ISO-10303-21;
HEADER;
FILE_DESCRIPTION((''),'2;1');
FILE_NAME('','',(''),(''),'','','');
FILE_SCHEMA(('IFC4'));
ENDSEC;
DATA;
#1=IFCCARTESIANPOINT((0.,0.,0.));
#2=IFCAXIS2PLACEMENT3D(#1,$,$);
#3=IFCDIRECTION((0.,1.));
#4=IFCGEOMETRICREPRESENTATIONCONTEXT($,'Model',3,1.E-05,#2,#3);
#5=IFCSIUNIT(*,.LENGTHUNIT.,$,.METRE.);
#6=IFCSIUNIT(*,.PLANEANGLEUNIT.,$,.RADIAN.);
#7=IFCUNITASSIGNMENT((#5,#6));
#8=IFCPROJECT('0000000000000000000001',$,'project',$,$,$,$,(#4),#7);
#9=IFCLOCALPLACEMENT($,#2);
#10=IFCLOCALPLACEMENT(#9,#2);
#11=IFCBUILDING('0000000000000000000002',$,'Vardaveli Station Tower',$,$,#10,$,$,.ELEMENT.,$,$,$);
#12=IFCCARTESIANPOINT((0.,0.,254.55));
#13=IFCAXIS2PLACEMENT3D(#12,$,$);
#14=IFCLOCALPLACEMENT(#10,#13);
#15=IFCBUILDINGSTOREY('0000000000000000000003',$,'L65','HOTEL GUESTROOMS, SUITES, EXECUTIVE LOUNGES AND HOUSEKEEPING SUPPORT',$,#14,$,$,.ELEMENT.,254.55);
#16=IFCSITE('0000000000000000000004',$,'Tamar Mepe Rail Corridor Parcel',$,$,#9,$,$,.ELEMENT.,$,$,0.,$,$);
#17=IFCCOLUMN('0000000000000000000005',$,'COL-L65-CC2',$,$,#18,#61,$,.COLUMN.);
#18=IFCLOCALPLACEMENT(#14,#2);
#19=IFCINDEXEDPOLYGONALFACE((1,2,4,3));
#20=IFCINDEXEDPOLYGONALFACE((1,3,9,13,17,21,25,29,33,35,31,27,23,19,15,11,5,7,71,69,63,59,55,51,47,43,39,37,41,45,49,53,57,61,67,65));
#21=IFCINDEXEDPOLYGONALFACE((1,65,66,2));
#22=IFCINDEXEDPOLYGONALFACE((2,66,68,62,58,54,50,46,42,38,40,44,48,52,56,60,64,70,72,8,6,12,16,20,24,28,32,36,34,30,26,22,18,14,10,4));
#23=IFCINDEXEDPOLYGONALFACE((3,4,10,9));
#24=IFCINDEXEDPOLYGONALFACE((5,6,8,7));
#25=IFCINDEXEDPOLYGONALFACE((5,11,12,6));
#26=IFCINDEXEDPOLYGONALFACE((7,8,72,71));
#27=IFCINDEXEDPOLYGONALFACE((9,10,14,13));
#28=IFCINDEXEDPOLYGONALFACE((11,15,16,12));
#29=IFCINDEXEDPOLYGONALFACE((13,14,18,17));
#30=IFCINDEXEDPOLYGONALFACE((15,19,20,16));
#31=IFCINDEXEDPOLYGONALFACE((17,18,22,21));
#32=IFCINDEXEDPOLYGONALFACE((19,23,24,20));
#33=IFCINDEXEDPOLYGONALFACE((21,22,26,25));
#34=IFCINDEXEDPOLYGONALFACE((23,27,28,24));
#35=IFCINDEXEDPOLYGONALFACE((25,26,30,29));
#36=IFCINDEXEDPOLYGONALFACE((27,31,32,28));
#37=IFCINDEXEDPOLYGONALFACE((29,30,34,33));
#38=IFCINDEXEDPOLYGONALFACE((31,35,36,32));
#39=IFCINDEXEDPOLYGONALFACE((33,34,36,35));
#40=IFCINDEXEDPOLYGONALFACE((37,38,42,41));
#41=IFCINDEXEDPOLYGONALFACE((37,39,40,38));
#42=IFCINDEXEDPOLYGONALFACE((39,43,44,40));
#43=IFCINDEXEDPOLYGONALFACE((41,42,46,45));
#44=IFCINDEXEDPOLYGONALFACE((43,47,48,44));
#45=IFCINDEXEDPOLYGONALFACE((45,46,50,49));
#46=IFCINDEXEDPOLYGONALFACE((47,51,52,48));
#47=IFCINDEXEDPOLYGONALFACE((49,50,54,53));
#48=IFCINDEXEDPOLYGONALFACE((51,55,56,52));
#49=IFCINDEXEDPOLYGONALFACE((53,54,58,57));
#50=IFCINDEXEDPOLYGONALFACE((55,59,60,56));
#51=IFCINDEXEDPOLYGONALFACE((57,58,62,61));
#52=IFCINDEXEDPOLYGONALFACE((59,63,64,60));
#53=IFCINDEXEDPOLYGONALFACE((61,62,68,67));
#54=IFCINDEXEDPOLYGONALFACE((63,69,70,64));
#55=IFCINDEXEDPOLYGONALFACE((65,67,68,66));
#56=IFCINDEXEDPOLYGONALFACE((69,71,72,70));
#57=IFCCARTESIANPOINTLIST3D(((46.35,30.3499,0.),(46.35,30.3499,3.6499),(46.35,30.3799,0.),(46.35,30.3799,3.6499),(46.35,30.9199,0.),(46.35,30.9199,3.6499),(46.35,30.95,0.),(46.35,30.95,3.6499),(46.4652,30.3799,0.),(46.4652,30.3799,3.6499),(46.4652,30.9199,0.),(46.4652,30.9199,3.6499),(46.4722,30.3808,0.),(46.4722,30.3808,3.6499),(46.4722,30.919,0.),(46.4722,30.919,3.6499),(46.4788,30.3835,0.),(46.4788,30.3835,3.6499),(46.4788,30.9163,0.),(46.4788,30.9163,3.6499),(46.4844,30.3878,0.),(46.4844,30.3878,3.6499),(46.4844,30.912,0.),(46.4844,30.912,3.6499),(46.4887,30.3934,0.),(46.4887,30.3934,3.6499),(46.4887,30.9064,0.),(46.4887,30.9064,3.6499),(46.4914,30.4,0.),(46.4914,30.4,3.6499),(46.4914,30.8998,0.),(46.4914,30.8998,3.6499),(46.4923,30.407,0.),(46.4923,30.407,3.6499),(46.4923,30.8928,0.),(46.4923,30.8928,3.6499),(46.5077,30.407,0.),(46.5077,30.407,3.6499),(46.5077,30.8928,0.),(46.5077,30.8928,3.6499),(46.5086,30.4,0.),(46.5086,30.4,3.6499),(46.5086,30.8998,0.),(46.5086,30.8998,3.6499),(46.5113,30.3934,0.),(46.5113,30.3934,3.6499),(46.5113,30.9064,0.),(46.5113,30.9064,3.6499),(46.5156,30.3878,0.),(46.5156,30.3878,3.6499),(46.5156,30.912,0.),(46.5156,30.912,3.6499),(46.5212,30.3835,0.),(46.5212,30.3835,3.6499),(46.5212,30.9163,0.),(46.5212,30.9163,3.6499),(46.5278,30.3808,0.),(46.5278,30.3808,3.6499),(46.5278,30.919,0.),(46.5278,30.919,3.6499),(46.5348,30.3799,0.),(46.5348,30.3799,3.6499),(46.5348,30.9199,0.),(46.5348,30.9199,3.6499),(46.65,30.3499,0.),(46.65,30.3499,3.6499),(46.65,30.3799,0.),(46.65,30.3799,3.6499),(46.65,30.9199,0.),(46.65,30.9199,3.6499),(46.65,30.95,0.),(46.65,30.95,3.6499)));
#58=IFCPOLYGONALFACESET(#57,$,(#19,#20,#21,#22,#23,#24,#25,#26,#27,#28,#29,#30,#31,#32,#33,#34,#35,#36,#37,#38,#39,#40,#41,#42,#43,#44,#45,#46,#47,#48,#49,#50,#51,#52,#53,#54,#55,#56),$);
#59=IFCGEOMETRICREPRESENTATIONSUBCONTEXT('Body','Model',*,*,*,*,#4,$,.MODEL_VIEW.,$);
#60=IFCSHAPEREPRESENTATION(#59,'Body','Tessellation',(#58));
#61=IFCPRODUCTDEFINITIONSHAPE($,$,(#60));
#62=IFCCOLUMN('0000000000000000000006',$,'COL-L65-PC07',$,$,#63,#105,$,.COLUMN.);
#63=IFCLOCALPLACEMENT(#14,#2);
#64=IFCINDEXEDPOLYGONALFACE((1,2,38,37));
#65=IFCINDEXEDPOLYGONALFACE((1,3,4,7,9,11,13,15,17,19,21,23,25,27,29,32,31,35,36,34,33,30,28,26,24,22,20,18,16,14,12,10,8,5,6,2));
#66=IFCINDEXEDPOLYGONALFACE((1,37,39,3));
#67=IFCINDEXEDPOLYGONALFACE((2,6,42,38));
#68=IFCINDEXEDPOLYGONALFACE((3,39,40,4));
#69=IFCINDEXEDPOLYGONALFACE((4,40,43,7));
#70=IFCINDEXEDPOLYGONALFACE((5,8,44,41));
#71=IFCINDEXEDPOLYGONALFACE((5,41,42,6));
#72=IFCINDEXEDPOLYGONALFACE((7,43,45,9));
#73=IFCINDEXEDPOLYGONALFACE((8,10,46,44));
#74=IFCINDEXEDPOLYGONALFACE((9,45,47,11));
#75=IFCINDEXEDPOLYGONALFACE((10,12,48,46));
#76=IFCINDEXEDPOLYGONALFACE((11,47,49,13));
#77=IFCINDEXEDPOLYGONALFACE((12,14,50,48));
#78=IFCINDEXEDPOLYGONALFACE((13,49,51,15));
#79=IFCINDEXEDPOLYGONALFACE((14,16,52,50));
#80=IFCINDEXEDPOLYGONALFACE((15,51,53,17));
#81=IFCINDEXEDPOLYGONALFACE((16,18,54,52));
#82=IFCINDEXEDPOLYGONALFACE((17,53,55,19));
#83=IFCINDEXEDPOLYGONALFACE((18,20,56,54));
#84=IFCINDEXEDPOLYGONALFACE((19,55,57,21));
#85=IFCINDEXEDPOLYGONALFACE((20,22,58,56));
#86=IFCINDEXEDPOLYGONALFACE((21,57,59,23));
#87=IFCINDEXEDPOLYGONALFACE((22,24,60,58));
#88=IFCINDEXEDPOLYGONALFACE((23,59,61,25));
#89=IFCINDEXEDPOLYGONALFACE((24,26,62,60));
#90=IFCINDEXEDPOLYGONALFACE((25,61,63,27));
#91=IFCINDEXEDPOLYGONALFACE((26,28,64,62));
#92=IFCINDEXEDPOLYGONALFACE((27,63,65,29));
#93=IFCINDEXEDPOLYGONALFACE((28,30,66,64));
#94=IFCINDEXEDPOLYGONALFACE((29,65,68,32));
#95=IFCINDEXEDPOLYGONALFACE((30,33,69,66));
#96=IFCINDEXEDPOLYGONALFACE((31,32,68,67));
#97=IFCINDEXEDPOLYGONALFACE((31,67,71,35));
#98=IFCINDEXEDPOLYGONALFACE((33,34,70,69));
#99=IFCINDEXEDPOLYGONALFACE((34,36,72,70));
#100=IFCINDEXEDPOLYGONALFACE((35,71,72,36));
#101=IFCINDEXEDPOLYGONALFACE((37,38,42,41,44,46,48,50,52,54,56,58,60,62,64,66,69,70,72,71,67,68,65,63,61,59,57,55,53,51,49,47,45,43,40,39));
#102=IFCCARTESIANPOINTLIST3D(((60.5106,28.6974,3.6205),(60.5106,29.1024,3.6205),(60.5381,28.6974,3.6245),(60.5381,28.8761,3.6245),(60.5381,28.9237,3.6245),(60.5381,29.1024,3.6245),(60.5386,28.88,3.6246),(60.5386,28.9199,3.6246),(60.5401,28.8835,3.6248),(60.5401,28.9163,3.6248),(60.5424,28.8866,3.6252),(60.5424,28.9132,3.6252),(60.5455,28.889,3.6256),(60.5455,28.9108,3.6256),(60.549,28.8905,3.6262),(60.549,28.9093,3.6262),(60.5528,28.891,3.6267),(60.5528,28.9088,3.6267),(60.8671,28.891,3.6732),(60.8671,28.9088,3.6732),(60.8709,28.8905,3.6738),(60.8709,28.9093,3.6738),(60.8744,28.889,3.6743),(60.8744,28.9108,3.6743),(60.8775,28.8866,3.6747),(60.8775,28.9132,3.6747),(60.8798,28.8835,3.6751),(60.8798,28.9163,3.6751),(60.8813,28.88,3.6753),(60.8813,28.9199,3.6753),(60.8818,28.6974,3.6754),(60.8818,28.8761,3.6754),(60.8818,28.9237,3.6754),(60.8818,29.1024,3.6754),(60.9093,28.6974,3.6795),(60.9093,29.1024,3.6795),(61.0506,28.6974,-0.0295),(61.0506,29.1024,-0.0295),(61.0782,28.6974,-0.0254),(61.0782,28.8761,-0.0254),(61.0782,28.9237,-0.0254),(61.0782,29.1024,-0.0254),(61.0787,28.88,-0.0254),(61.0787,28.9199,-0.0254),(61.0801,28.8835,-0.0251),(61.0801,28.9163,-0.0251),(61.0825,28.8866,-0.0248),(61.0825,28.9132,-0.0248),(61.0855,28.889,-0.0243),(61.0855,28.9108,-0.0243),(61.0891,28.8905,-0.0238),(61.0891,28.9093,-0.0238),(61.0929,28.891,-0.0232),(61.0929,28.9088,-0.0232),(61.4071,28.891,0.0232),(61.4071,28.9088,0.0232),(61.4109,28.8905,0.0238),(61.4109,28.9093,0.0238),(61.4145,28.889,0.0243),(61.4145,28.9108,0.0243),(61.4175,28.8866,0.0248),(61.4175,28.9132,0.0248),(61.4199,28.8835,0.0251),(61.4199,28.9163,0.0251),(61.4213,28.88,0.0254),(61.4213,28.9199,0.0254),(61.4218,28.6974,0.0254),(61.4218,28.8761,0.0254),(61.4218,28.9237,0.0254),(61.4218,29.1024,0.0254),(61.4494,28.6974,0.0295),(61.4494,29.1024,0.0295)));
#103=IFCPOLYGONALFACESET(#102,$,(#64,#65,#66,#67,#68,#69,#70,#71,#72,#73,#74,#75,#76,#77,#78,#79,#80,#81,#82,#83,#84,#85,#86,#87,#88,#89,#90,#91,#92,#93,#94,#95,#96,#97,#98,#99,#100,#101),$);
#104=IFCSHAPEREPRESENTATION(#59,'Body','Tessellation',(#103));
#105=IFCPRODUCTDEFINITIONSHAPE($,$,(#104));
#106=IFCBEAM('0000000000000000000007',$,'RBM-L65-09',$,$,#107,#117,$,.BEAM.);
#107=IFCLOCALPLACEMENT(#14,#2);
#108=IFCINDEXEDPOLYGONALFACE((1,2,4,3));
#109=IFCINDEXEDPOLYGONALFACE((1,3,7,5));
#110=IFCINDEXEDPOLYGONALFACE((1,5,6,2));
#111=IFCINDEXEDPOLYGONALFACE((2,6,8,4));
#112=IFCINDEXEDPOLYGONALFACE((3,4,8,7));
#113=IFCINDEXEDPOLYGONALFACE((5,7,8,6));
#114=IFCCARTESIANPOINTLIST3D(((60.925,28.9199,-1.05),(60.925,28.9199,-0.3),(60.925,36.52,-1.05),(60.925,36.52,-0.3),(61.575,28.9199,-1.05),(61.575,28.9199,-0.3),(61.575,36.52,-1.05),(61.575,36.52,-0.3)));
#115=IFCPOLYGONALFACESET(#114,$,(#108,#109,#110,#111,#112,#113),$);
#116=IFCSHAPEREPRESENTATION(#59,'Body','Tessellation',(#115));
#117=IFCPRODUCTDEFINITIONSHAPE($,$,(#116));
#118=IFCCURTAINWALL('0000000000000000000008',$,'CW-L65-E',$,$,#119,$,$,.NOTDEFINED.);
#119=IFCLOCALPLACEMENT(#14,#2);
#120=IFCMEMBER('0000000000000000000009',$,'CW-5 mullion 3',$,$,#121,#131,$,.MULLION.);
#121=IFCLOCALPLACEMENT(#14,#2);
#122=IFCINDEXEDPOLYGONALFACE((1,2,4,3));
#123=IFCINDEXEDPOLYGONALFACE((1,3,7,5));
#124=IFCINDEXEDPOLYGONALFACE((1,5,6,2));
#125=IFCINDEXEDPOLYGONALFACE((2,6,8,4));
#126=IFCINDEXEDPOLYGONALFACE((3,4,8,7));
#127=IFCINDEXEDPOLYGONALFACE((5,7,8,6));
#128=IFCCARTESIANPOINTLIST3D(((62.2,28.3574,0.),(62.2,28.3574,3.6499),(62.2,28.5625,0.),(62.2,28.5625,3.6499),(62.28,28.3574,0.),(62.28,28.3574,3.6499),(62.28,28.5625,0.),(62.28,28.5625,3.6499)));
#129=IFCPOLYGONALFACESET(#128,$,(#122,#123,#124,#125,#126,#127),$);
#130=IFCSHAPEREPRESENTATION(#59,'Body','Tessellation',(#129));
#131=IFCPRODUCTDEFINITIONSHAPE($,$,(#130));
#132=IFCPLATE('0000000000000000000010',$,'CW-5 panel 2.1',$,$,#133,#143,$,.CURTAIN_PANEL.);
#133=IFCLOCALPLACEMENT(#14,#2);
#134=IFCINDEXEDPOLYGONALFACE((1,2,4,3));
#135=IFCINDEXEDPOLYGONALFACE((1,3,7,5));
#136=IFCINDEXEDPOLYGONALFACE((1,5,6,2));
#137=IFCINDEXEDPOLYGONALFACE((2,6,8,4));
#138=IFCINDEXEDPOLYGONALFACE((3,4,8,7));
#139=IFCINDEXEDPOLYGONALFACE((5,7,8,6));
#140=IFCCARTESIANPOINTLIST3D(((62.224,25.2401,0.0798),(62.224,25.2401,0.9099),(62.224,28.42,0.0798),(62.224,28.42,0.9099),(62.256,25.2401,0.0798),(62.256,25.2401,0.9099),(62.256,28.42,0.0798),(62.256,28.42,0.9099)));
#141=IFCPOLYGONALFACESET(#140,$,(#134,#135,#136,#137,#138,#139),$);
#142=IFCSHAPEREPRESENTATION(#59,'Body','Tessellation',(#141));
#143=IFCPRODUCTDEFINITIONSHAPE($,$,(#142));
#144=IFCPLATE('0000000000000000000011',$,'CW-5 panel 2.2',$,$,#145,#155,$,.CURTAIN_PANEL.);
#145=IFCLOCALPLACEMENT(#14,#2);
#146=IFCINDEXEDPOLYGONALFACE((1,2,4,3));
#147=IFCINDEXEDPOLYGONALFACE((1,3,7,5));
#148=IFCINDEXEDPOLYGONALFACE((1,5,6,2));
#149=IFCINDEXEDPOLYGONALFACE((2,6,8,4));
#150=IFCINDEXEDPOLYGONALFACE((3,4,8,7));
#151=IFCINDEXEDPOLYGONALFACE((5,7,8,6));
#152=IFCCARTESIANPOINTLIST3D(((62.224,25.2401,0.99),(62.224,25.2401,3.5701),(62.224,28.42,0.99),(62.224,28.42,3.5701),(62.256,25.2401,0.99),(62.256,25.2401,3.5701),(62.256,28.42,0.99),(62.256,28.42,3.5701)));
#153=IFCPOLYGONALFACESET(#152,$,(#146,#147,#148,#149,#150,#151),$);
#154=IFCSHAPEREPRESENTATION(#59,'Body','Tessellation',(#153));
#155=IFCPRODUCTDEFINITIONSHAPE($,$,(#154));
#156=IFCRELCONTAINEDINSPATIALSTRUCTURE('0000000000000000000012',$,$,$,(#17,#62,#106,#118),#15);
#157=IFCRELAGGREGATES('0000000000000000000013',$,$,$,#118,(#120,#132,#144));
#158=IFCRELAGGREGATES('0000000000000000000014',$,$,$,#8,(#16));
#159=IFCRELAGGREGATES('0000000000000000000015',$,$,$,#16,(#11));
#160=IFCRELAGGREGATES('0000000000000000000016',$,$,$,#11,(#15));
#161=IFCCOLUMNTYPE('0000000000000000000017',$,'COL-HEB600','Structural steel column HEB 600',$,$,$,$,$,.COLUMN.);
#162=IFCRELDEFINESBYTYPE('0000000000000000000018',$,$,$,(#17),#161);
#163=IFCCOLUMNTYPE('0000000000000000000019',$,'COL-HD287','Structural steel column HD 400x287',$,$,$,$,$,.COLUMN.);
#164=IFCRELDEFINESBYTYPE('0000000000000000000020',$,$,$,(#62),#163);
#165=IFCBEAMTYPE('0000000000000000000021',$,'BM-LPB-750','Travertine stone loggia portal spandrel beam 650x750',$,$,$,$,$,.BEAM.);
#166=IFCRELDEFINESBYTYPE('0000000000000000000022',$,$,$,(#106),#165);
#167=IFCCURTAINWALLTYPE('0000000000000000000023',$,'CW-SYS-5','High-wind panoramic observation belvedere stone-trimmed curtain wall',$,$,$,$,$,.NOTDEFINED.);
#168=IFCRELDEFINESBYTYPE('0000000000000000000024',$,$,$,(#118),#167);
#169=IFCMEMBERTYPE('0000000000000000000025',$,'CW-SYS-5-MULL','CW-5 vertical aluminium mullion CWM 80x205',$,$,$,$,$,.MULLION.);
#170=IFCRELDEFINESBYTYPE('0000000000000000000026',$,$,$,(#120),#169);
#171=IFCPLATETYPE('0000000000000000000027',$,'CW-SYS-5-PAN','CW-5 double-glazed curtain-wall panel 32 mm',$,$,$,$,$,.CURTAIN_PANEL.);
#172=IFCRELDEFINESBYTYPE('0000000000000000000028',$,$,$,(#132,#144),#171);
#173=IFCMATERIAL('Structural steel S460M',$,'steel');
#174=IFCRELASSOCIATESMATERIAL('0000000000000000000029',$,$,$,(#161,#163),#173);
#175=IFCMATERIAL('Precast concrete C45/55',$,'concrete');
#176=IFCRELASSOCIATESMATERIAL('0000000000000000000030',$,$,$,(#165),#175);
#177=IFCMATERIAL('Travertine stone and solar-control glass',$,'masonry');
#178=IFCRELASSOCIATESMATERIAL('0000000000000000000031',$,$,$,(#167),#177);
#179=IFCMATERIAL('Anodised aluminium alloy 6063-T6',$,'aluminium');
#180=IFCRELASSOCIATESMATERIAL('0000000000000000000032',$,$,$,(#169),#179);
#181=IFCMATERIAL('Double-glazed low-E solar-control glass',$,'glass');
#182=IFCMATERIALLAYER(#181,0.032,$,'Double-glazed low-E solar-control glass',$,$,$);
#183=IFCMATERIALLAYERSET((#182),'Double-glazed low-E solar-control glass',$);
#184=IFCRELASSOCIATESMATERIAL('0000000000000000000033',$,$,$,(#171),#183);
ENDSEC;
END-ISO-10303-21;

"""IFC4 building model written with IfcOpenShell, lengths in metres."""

from ifc_helpers import new_model, si_unit, direction, frame, origin, origin_2d, place, context, subcontext, project, spatial, rectangle, i_section, extrude, source, transform, mapped, material, layer, layer_set, material_profile, profile_set, type_object, element, aggregate, save


model = new_model("IFC4")

# Units and contexts
model_context = context("Model", 3, precision=1e-05, world=origin(), true_north=direction((0.0, 1.0)))
body_context = subcontext(model_context, "Body", "Model", "MODEL_VIEW")
ifc_project = project(units=[si_unit("LENGTHUNIT", "METRE"), si_unit("PLANEANGLEUNIT", "RADIAN")], contexts=[model_context])

# Site, building, storey
site_placement = place(None, origin())
site = spatial("IfcSite", under=ifc_project, at=site_placement, Name="Tamar Mepe Rail Corridor Parcel", CompositionType="ELEMENT", RefElevation=0.0)
building_placement = place(site_placement, origin())
building = spatial("IfcBuilding", under=site, at=building_placement, Name="Vardaveli Station Tower", CompositionType="ELEMENT")
storey_placement = place(building_placement, frame((0.0, 0.0, 254.55)))
storey = spatial("IfcBuildingStorey", under=building, at=storey_placement, Name="L65", Description="HOTEL GUESTROOMS, SUITES, EXECUTIVE LOUNGES AND HOUSEKEEPING SUPPORT", CompositionType="ELEMENT", Elevation=254.55)

# Columns
ifc_material_1 = material(Name="Structural steel S460M", Category="steel")
ifc_material_profile_1 = material_profile(ifc_material_1, i_section(OverallWidth=0.3, OverallDepth=0.6001, WebThickness=0.0154, FlangeThickness=0.03, FilletRadius=0.0271, at=origin_2d()), Name="HEB 600")
ifc_profile_set_1 = profile_set([ifc_material_profile_1], Name="Structural steel S460M")
column_type_1 = type_object("IfcColumnType", Name="COL-HEB600", Description="Structural steel column HEB 600", PredefinedType="COLUMN", material=ifc_profile_set_1)
shared_shape_1 = source(origin(), body_context, "Body", "SweptSolid", [
    extrude(i_section(OverallWidth=0.3, OverallDepth=0.6001, WebThickness=0.0154, FlangeThickness=0.03, FilletRadius=0.0271, at=origin_2d()), origin(), (0.0, 0.0, 1.0), 3.6499),
])
column_1_placement = place(storey_placement, frame((46.5, 30.6499, 0.0), z_axis=(0.0, 0.0, 1.0), x_axis=(1.0, 0.0, 0.0)))
element("IfcColumn", 1, at=column_1_placement, inside=storey, type_object=column_type_1, Name="COL-L65-CC2", PredefinedType="COLUMN", context=body_context, shape_type="MappedRepresentation", body=[
    mapped(shared_shape_1, transform((0.0, 0.0, 0.0), scale=1.0)),
])
ifc_material_profile_2 = material_profile(ifc_material_1, i_section(OverallWidth=0.405, OverallDepth=0.4031, WebThickness=0.0178, FlangeThickness=0.0278, FilletRadius=0.0149, at=origin_2d()), Name="HD 400x287")
ifc_profile_set_2 = profile_set([ifc_material_profile_2], Name="Structural steel S460M")
column_type_2 = type_object("IfcColumnType", Name="COL-HD287", Description="Structural steel column HD 400x287", PredefinedType="COLUMN", material=ifc_profile_set_2)
shared_shape_2 = source(origin(), body_context, "Body", "SweptSolid", [
    extrude(i_section(OverallWidth=0.405, OverallDepth=0.4031, WebThickness=0.0178, FlangeThickness=0.0278, FilletRadius=0.0149, at=origin_2d()), origin(), (0.0, 0.0, 1.0), 3.6897),
])
column_2_placement = place(storey_placement, frame((61.25, 28.8999, 0.0), z_axis=(-0.146366, 0.0, 0.98923), x_axis=(0.0, -1.0, 0.0)))
element("IfcColumn", 2, at=column_2_placement, inside=storey, type_object=column_type_2, Name="COL-L65-PC07", PredefinedType="COLUMN", context=body_context, shape_type="MappedRepresentation", body=[
    mapped(shared_shape_2, transform((0.0, 0.0, 0.0), scale=1.0)),
])

# Beam
ifc_material_2 = material(Name="Precast concrete C45/55", Category="concrete")
ifc_material_profile_3 = material_profile(ifc_material_2, rectangle(XDim=0.6499, YDim=0.75, at=origin_2d()), Name="LPB 650x750")
ifc_profile_set_3 = profile_set([ifc_material_profile_3], Name="Precast concrete C45/55")
beam_type = type_object("IfcBeamType", Name="BM-LPB-750", Description="Travertine stone loggia portal spandrel beam 650x750", PredefinedType="BEAM", material=ifc_profile_set_3)
shared_shape_3 = source(origin(), body_context, "Body", "SweptSolid", [
    extrude(rectangle(XDim=0.6499, YDim=0.75, at=origin_2d()), origin(), (0.0, 0.0, 1.0), 7.6001),
])
beam_placement = place(storey_placement, frame((61.25, 28.9199, -0.675), z_axis=(0.0, 1.0, 0.0), x_axis=(-1.0, 0.0, 0.0)))
element("IfcBeam", 3, at=beam_placement, inside=storey, type_object=beam_type, Name="RBM-L65-09", PredefinedType="BEAM", context=body_context, shape_type="MappedRepresentation", body=[
    mapped(shared_shape_3, transform((0.0, 0.0, 0.0), scale=1.0)),
])

# Curtain wall, member, plates
ifc_material_3 = material(Name="Travertine stone and solar-control glass", Category="masonry")
curtain_wall_type = type_object("IfcCurtainWallType", Name="CW-SYS-5", Description="High-wind panoramic observation belvedere stone-trimmed curtain wall", PredefinedType="NOTDEFINED", material=ifc_material_3)
curtain_wall_placement = place(storey_placement, origin())
curtain_wall = element("IfcCurtainWall", 4, at=curtain_wall_placement, inside=storey, type_object=curtain_wall_type, Name="CW-L65-E", PredefinedType="NOTDEFINED")
ifc_material_4 = material(Name="Anodised aluminium alloy 6063-T6", Category="aluminium")
ifc_material_profile_4 = material_profile(ifc_material_4, rectangle(XDim=0.0801, YDim=0.2051, at=origin_2d()), Name="CWM 80x205")
ifc_profile_set_4 = profile_set([ifc_material_profile_4], Name="Anodised aluminium alloy 6063-T6")
member_type = type_object("IfcMemberType", Name="CW-SYS-5-MULL", Description="CW-5 vertical aluminium mullion CWM 80x205", PredefinedType="MULLION", material=ifc_profile_set_4)
shared_shape_4 = source(origin(), body_context, "Body", "SweptSolid", [
    extrude(rectangle(XDim=0.0801, YDim=0.2051, at=origin_2d()), origin(), (0.0, 0.0, 1.0), 3.6499),
])
member_placement = place(storey_placement, frame((62.24, 28.46, 0.0), z_axis=(0.0, 0.0, 1.0), x_axis=(-1.0, 0.0, 0.0)))
member = element("IfcMember", 5, at=member_placement, type_object=member_type, Name="CW-5 mullion 3", PredefinedType="MULLION", context=body_context, shape_type="MappedRepresentation", body=[
    mapped(shared_shape_4, transform((0.0, 0.0, 0.0), scale=1.0)),
])
ifc_material_5 = material(Name="Double-glazed low-E solar-control glass", Category="glass")
ifc_layer_1 = layer(ifc_material_5, 0.032, Name="Double-glazed low-E solar-control glass")
ifc_layer_set_1 = layer_set([ifc_layer_1], Name="Double-glazed low-E solar-control glass")
plate_type = type_object("IfcPlateType", Name="CW-SYS-5-PAN", Description="CW-5 double-glazed curtain-wall panel 32 mm", PredefinedType="CURTAIN_PANEL", material=ifc_layer_set_1)
shared_shape_5 = source(origin(), body_context, "Body", "SweptSolid", [
    extrude(rectangle(XDim=3.1799, YDim=0.032, at=origin_2d()), origin(), (0.0, 0.0, 1.0), 0.8301),
])
plate_1_placement = place(storey_placement, frame((62.24, 26.8301, 0.0798), z_axis=(0.0, 0.0, 1.0), x_axis=(0.0, 1.0, 0.0)))
plate_1 = element("IfcPlate", 6, at=plate_1_placement, type_object=plate_type, Name="CW-5 panel 2.1", PredefinedType="CURTAIN_PANEL", context=body_context, shape_type="MappedRepresentation", body=[
    mapped(shared_shape_5, transform((0.0, 0.0, 0.0), scale=1.0)),
])
shared_shape_6 = source(origin(), body_context, "Body", "SweptSolid", [
    extrude(rectangle(XDim=3.1799, YDim=0.032, at=origin_2d()), origin(), (0.0, 0.0, 1.0), 2.5801),
])
plate_2_placement = place(storey_placement, frame((62.24, 26.8301, 0.99), z_axis=(0.0, 0.0, 1.0), x_axis=(0.0, 1.0, 0.0)))
plate_2 = element("IfcPlate", 7, at=plate_2_placement, type_object=plate_type, Name="CW-5 panel 2.2", PredefinedType="CURTAIN_PANEL", context=body_context, shape_type="MappedRepresentation", body=[
    mapped(shared_shape_6, transform((0.0, 0.0, 0.0), scale=1.0)),
])
aggregate(curtain_wall, [member, plate_1, plate_2])

save(model, "model.ifc")
